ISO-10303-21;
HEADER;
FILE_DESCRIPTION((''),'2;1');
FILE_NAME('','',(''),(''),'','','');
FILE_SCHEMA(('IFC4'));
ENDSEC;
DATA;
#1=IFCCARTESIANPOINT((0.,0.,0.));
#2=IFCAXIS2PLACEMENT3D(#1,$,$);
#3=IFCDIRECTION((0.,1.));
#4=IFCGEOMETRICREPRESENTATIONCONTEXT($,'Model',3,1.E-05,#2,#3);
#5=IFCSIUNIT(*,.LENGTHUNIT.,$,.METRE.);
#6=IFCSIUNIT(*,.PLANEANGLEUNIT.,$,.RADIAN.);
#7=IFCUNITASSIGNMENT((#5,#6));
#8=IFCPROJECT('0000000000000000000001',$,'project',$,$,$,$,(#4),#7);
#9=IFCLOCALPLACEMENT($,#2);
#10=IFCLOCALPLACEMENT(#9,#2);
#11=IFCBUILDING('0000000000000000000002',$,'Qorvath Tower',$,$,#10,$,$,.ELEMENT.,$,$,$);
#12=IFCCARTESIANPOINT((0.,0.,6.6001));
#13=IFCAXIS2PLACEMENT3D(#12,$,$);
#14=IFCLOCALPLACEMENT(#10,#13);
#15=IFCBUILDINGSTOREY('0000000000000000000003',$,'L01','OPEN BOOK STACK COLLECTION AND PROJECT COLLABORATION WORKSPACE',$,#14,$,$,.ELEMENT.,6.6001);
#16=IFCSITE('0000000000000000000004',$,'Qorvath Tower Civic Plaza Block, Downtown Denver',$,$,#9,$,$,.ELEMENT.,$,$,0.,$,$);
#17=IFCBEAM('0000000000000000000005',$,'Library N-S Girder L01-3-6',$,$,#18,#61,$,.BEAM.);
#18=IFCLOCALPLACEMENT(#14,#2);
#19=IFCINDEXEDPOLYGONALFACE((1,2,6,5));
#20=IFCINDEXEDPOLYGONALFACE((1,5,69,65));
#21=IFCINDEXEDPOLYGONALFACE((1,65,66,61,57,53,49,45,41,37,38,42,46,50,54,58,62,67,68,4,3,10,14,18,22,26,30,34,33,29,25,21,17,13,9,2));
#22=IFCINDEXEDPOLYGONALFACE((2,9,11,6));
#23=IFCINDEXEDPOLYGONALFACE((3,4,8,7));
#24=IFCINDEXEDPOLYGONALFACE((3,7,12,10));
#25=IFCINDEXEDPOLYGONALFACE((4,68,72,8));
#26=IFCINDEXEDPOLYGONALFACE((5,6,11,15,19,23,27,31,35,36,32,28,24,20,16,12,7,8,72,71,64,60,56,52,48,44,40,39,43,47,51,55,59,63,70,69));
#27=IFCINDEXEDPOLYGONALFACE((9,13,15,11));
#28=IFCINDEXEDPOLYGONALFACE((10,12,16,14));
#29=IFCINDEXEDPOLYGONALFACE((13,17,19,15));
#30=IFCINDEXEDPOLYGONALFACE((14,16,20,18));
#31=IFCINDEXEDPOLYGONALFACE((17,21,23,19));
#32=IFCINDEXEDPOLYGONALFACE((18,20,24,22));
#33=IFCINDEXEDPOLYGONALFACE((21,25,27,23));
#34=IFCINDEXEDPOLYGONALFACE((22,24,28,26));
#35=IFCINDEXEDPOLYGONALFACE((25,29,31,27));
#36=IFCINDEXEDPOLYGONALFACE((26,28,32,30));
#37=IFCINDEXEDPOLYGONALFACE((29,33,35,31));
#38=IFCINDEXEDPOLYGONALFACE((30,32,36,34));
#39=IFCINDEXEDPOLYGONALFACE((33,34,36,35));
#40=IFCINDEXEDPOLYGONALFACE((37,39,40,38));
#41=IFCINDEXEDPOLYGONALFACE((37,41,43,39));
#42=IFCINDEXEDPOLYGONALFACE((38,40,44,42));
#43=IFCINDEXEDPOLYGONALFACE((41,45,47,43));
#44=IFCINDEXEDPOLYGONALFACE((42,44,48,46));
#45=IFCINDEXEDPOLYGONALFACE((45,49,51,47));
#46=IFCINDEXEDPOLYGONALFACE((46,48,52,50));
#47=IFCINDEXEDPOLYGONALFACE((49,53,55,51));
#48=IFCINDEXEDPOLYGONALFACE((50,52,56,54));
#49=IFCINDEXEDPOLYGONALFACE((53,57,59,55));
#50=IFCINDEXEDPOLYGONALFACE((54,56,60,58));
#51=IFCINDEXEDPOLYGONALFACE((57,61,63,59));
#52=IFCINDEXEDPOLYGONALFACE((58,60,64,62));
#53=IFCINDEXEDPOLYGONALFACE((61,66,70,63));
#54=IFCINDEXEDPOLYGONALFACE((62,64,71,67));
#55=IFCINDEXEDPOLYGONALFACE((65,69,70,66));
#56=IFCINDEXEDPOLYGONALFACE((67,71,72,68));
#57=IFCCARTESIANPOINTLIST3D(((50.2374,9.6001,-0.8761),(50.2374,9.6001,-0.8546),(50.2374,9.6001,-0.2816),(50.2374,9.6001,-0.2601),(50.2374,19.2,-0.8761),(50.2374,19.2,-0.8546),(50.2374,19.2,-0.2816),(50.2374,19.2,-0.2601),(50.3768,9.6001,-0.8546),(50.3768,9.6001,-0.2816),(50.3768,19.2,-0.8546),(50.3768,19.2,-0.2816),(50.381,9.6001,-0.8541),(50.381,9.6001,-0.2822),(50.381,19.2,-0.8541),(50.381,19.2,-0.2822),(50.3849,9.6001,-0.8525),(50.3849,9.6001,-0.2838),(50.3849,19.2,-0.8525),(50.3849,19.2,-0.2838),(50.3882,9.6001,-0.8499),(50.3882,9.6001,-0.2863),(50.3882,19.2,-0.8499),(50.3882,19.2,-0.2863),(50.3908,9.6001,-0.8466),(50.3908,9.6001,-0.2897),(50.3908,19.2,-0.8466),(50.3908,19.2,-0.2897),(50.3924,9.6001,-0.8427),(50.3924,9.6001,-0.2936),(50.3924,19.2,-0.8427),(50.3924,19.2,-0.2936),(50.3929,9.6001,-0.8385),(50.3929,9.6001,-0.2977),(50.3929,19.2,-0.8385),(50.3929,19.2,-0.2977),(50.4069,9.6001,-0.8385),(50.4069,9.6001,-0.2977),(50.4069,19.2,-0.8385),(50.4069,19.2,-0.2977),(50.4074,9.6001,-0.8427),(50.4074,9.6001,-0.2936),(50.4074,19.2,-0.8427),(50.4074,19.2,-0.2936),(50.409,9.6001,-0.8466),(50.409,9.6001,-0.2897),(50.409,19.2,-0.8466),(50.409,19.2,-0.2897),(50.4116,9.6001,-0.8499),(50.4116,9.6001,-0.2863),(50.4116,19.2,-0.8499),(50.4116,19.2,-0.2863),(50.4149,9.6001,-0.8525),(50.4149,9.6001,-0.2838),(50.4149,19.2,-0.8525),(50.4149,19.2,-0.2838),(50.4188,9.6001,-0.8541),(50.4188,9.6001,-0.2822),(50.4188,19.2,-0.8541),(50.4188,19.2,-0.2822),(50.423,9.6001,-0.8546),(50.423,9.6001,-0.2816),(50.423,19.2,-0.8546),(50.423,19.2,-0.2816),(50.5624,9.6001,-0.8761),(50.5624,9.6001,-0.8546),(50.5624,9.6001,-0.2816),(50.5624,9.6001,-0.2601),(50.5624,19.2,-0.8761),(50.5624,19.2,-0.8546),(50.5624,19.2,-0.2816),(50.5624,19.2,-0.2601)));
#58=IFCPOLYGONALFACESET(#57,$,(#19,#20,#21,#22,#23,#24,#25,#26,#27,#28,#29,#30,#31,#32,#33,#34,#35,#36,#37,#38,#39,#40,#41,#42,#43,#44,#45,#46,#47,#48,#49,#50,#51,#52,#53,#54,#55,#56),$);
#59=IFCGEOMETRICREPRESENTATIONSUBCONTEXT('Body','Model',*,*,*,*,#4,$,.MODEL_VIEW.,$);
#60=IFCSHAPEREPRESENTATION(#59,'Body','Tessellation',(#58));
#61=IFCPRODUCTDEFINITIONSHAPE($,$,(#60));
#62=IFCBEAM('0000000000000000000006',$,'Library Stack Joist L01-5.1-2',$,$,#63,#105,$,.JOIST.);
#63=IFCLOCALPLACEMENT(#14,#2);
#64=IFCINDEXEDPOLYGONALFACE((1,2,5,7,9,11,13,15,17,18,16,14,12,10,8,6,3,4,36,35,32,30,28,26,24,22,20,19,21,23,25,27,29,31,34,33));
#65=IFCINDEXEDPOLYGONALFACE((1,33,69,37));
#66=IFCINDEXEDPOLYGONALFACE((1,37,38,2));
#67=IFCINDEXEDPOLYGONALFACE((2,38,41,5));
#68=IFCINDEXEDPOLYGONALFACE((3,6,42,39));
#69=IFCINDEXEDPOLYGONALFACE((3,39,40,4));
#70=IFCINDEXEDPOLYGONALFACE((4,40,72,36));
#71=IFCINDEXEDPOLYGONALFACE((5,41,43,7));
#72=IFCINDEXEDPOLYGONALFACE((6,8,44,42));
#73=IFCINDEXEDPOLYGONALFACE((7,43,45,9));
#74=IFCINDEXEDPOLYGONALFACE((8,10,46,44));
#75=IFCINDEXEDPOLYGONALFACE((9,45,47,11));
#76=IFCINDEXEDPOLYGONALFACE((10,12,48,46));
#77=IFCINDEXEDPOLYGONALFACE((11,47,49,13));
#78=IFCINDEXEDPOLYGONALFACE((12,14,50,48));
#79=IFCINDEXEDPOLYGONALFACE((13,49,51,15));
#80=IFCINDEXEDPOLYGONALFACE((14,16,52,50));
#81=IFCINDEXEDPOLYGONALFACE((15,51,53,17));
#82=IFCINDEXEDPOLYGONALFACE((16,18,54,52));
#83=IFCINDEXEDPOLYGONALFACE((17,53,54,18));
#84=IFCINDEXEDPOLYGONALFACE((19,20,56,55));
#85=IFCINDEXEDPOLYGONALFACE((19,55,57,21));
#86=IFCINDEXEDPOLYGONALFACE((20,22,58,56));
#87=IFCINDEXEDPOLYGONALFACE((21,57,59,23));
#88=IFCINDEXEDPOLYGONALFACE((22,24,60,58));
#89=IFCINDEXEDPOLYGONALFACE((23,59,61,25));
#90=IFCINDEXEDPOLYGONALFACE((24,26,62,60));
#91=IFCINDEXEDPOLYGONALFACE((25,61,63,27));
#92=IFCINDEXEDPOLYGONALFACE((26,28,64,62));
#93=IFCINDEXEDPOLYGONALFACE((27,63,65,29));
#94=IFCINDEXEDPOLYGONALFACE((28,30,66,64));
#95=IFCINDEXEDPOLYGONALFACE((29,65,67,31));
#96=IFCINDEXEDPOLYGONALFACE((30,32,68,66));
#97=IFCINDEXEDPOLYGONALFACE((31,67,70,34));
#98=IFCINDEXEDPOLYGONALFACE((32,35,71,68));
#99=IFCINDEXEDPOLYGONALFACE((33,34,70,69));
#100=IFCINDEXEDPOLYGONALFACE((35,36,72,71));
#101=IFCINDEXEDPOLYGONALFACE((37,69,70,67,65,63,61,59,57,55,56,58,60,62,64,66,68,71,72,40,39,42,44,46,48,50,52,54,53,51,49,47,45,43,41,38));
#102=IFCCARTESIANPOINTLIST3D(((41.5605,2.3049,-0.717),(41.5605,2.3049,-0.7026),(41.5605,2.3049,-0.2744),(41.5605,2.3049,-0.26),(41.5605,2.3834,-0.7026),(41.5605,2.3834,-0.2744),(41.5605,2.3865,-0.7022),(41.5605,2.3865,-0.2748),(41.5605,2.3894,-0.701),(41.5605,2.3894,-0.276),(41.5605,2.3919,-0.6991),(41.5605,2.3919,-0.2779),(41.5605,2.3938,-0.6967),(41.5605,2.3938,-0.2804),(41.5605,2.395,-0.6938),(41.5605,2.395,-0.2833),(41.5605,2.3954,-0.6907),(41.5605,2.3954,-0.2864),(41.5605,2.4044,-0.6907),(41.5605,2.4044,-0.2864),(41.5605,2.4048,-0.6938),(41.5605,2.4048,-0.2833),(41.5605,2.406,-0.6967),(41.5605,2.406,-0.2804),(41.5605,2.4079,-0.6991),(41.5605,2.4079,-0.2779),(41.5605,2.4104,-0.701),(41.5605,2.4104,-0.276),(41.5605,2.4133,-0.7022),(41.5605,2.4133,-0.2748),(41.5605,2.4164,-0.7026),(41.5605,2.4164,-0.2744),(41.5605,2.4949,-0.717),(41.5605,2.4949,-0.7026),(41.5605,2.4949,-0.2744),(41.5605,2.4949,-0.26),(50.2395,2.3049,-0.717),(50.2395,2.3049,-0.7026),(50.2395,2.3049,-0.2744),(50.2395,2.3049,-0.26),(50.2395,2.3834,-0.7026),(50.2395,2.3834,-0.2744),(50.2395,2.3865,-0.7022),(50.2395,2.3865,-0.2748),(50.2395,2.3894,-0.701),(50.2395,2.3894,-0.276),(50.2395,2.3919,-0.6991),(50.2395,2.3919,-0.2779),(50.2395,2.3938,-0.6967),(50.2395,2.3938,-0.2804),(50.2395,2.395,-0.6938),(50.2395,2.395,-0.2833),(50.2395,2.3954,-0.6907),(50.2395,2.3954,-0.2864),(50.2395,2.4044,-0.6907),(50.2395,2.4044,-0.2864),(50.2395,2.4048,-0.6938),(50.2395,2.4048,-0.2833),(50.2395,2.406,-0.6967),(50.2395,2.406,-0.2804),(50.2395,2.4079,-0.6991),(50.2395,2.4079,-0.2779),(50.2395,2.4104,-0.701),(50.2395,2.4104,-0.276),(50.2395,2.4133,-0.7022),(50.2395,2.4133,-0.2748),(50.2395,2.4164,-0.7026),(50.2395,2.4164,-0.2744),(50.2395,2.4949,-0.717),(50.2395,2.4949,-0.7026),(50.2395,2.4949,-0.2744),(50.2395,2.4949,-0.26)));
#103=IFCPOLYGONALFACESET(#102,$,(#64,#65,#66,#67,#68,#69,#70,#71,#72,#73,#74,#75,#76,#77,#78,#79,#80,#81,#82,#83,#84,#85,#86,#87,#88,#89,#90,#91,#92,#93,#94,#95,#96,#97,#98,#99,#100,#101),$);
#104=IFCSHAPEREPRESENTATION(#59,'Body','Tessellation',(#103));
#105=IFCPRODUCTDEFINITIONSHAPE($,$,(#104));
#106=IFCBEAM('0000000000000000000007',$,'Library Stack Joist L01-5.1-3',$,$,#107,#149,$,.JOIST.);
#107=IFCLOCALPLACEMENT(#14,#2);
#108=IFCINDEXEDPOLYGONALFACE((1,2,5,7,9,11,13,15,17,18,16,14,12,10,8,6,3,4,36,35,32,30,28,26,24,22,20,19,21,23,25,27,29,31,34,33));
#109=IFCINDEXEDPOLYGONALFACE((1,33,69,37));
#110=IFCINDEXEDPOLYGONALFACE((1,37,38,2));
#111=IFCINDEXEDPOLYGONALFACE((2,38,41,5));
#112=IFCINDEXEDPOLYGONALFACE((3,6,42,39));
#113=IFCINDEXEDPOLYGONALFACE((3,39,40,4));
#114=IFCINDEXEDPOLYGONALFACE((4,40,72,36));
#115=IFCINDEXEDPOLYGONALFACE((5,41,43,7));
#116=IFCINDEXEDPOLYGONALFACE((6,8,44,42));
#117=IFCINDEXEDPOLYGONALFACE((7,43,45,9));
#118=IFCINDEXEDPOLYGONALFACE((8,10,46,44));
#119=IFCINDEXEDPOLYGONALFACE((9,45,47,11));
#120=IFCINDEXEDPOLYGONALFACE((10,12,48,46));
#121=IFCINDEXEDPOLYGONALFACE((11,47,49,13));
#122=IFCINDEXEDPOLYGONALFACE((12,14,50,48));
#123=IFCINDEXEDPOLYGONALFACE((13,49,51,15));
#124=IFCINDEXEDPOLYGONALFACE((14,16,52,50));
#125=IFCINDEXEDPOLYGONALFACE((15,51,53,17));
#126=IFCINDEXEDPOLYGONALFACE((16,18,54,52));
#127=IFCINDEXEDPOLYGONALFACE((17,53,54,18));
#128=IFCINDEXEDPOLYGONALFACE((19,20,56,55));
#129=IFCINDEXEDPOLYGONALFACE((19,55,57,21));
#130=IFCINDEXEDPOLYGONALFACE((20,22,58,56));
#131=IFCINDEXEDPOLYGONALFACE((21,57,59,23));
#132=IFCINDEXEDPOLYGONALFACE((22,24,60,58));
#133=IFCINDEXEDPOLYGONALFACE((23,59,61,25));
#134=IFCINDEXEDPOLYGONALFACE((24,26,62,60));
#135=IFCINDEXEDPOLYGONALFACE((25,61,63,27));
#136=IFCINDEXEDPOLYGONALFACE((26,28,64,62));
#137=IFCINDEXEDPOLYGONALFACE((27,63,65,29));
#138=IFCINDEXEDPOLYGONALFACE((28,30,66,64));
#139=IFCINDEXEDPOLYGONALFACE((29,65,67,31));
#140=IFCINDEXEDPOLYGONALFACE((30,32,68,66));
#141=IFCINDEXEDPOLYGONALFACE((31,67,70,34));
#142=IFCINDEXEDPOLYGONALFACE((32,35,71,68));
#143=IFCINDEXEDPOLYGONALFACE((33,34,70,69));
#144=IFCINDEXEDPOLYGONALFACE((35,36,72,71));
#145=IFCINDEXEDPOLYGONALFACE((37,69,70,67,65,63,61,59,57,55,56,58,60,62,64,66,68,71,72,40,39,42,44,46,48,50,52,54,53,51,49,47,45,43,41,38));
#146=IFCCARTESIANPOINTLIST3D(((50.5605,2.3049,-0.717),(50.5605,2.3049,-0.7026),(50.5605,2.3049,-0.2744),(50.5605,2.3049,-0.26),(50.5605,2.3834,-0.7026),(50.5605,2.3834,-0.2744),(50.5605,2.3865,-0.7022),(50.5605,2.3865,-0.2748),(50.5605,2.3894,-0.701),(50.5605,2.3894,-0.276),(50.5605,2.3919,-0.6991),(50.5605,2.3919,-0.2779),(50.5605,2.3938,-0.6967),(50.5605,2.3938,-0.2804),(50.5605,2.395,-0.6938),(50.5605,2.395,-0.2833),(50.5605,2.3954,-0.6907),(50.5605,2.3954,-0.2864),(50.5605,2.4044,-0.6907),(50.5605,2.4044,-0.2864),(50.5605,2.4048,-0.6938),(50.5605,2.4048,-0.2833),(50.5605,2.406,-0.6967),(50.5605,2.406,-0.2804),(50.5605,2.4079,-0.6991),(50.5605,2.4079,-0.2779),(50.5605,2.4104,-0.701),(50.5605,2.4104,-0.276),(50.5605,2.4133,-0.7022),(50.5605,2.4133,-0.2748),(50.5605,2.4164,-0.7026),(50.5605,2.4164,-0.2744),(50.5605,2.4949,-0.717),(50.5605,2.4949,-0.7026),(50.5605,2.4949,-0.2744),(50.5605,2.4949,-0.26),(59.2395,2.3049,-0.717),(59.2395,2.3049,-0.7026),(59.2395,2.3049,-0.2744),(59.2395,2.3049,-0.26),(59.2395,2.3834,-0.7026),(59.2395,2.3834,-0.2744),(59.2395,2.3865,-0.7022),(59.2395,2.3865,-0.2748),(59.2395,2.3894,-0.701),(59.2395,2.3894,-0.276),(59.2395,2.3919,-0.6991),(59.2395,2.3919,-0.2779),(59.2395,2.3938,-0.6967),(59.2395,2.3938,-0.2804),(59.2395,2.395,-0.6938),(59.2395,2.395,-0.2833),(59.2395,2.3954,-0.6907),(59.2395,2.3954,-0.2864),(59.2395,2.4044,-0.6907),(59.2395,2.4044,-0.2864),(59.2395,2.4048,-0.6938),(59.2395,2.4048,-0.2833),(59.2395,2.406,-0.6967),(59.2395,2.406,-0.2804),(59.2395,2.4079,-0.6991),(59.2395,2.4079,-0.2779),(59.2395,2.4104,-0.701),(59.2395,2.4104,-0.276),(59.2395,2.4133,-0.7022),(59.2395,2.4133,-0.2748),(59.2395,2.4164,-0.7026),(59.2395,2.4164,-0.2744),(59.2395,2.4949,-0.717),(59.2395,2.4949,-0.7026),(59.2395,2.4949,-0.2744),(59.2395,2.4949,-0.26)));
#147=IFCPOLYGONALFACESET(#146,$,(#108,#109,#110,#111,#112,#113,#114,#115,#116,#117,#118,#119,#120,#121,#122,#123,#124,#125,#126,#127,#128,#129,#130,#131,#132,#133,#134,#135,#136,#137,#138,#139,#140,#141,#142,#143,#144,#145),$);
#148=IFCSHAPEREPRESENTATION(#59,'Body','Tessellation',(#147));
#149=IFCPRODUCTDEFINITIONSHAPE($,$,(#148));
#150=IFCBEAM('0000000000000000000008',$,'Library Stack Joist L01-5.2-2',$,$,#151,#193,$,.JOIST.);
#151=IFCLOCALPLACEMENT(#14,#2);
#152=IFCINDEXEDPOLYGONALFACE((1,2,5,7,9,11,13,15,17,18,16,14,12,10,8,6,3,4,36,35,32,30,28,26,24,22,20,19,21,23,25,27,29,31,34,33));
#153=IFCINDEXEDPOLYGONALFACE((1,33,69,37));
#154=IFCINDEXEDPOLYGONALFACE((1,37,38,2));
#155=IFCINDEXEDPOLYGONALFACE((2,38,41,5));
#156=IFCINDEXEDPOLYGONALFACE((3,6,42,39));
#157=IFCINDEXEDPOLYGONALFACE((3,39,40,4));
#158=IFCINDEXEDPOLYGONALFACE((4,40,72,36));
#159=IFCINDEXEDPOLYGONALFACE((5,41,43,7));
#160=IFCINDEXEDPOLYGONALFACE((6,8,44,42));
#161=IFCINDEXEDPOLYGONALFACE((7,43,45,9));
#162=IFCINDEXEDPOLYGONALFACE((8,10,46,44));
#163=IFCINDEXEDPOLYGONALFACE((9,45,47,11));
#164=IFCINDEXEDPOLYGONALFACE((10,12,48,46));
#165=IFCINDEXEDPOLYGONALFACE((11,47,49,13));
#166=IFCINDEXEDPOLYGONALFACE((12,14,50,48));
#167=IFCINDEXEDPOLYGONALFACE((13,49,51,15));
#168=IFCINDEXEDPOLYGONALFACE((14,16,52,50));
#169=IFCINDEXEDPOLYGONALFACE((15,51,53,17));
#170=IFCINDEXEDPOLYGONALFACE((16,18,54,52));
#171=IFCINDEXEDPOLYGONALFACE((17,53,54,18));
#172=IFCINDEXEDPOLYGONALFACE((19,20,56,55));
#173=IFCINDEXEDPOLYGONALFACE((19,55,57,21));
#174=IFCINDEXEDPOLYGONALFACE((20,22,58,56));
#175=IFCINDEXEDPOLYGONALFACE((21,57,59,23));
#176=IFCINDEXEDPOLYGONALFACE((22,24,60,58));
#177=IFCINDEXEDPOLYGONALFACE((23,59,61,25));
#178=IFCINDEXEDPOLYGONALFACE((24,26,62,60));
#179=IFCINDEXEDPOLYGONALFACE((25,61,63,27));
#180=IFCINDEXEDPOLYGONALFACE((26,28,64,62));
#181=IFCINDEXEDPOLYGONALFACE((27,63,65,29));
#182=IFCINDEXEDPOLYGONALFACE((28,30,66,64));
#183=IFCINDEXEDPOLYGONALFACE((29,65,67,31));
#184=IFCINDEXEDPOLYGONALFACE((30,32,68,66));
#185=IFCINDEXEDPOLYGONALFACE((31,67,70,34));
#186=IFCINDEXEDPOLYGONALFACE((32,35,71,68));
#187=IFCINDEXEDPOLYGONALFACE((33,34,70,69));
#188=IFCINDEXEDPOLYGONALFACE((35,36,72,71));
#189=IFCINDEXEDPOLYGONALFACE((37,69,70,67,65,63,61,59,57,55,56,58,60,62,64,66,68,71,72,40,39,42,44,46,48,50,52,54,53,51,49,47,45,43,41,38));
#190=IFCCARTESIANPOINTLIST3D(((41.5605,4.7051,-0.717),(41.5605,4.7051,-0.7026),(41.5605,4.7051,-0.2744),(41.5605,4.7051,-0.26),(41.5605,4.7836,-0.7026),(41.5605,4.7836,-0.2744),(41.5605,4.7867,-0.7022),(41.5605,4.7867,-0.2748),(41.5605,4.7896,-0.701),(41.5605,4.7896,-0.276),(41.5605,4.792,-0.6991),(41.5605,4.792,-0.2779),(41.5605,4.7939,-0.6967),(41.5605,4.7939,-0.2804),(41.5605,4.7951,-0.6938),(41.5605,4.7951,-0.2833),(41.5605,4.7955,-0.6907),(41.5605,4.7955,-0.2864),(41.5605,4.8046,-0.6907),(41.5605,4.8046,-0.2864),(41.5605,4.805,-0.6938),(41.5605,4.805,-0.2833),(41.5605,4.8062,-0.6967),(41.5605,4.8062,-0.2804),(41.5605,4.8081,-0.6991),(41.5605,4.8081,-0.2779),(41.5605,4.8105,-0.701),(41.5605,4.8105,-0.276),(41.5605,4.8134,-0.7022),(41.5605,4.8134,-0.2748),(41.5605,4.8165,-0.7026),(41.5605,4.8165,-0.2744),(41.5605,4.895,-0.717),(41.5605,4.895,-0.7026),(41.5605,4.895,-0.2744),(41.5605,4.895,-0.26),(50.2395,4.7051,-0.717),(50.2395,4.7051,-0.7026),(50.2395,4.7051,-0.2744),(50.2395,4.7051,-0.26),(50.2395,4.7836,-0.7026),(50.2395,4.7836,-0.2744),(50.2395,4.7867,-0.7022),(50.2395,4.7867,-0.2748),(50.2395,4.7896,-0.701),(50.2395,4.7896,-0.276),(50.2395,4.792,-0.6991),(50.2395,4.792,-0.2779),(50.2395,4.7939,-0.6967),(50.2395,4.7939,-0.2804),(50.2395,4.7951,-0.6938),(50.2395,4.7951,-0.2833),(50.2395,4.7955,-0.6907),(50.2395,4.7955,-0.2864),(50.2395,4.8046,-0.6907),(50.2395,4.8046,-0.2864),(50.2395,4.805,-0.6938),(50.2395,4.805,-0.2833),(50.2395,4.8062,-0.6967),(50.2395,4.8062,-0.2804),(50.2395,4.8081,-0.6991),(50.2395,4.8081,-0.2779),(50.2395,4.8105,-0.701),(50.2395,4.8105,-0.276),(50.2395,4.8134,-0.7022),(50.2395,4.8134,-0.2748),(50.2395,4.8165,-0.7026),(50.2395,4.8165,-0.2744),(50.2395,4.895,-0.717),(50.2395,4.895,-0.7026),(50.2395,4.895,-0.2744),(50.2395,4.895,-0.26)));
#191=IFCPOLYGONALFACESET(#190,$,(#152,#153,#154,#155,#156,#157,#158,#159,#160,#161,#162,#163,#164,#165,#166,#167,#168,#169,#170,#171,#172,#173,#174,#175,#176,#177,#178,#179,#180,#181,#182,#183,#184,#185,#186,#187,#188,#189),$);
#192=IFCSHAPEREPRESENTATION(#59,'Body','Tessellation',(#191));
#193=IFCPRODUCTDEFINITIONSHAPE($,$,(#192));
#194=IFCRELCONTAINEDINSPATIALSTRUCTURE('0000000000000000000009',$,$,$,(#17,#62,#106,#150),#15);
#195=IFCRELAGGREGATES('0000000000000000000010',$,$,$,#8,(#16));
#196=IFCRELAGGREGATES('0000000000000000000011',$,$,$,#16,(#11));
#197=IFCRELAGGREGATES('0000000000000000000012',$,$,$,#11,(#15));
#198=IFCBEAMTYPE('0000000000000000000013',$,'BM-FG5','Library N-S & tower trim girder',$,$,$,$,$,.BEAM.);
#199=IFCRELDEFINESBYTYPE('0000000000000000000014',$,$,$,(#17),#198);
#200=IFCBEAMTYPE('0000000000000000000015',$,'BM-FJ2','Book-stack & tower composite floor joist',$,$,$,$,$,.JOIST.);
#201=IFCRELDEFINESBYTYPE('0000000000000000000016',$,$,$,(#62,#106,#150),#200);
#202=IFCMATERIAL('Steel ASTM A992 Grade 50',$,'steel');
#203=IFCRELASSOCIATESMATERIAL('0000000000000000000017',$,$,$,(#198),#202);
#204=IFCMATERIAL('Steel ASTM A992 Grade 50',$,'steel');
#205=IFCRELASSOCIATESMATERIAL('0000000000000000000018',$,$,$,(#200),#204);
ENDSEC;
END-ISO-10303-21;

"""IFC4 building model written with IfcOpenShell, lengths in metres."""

from ifc_helpers import new_model, si_unit, direction, frame, origin, origin_2d, place, context, subcontext, project, spatial, i_section, extrude, material, material_profile, profile_set, type_object, element, save


model = new_model("IFC4")

# Units and contexts
model_context = context("Model", 3, precision=1e-05, world=origin(), true_north=direction((0.0, 1.0)))
body_context = subcontext(model_context, "Body", "Model", "MODEL_VIEW")
ifc_project = project(units=[si_unit("LENGTHUNIT", "METRE"), si_unit("PLANEANGLEUNIT", "RADIAN")], contexts=[model_context])

# Site, building, storey
site_placement = place(None, origin())
site = spatial("IfcSite", under=ifc_project, at=site_placement, Name="Qorvath Tower Civic Plaza Block, Downtown Denver", CompositionType="ELEMENT", RefElevation=0.0)
building_placement = place(site_placement, origin())
building = spatial("IfcBuilding", under=site, at=building_placement, Name="Qorvath Tower", CompositionType="ELEMENT")
storey_placement = place(building_placement, frame((0.0, 0.0, 6.6001)))
storey = spatial("IfcBuildingStorey", under=building, at=storey_placement, Name="L01", Description="OPEN BOOK STACK COLLECTION AND PROJECT COLLABORATION WORKSPACE", CompositionType="ELEMENT", Elevation=6.6001)

# Beams
ifc_material_1 = material(Name="Steel ASTM A992 Grade 50", Category="steel")
ifc_material_profile_1 = material_profile(ifc_material_1, i_section(OverallWidth=0.325, OverallDepth=0.616, WebThickness=0.0139, FlangeThickness=0.0215, FilletRadius=0.0161, at=origin_2d()), Name="W24x117")
ifc_profile_set_1 = profile_set([ifc_material_profile_1], Name="Steel ASTM A992 Grade 50")
beam_type_1 = type_object("IfcBeamType", Name="BM-FG5", Description="Library N-S & tower trim girder", PredefinedType="BEAM", material=ifc_profile_set_1)
for number, where, z_axis, x_axis, name in (
    (1, (50.3999, 9.6001, -0.5681), (0.0, 1.0, 0.0), (-1.0, 0.0, 0.0), "Library N-S Girder L01-3-6"),
):
    element("IfcBeam", number, at=place(storey_placement, frame(where, z_axis=z_axis, x_axis=x_axis)), inside=storey, type_object=beam_type_1, Name=name, PredefinedType="BEAM", context=body_context, shape_type="SweptSolid", body=[
        extrude(i_section(OverallWidth=0.325, OverallDepth=0.616, WebThickness=0.0139, FlangeThickness=0.0215, FilletRadius=0.0161, at=origin_2d()), origin(), (0.0, 0.0, 1.0), 9.5999),
    ])
ifc_material_2 = material(Name="Steel ASTM A992 Grade 50", Category="steel")
ifc_material_profile_2 = material_profile(ifc_material_2, i_section(OverallWidth=0.1899, OverallDepth=0.457, WebThickness=0.009, FlangeThickness=0.0144, FilletRadius=0.012, at=origin_2d()), Name="W18x50")
ifc_profile_set_2 = profile_set([ifc_material_profile_2], Name="Steel ASTM A992 Grade 50")
beam_type_2 = type_object("IfcBeamType", Name="BM-FJ2", Description="Book-stack & tower composite floor joist", PredefinedType="JOIST", material=ifc_profile_set_2)
for number, where, z_axis, x_axis, name in (
    (2, (41.5605, 2.3999, -0.4885), (1.0, 0.0, 0.0), (0.0, 1.0, 0.0), "Library Stack Joist L01-5.1-2"),
    (3, (50.5605, 2.3999, -0.4885), (1.0, 0.0, 0.0), (0.0, 1.0, 0.0), "Library Stack Joist L01-5.1-3"),
    (4, (41.5605, 4.8, -0.4885), (1.0, 0.0, 0.0), (0.0, 1.0, 0.0), "Library Stack Joist L01-5.2-2"),
):
    element("IfcBeam", number, at=place(storey_placement, frame(where, z_axis=z_axis, x_axis=x_axis)), inside=storey, type_object=beam_type_2, Name=name, PredefinedType="JOIST", context=body_context, shape_type="SweptSolid", body=[
        extrude(i_section(OverallWidth=0.1899, OverallDepth=0.457, WebThickness=0.009, FlangeThickness=0.0144, FilletRadius=0.012, at=origin_2d()), origin(), (0.0, 0.0, 1.0), 8.679),
    ])

save(model, "model.ifc")
